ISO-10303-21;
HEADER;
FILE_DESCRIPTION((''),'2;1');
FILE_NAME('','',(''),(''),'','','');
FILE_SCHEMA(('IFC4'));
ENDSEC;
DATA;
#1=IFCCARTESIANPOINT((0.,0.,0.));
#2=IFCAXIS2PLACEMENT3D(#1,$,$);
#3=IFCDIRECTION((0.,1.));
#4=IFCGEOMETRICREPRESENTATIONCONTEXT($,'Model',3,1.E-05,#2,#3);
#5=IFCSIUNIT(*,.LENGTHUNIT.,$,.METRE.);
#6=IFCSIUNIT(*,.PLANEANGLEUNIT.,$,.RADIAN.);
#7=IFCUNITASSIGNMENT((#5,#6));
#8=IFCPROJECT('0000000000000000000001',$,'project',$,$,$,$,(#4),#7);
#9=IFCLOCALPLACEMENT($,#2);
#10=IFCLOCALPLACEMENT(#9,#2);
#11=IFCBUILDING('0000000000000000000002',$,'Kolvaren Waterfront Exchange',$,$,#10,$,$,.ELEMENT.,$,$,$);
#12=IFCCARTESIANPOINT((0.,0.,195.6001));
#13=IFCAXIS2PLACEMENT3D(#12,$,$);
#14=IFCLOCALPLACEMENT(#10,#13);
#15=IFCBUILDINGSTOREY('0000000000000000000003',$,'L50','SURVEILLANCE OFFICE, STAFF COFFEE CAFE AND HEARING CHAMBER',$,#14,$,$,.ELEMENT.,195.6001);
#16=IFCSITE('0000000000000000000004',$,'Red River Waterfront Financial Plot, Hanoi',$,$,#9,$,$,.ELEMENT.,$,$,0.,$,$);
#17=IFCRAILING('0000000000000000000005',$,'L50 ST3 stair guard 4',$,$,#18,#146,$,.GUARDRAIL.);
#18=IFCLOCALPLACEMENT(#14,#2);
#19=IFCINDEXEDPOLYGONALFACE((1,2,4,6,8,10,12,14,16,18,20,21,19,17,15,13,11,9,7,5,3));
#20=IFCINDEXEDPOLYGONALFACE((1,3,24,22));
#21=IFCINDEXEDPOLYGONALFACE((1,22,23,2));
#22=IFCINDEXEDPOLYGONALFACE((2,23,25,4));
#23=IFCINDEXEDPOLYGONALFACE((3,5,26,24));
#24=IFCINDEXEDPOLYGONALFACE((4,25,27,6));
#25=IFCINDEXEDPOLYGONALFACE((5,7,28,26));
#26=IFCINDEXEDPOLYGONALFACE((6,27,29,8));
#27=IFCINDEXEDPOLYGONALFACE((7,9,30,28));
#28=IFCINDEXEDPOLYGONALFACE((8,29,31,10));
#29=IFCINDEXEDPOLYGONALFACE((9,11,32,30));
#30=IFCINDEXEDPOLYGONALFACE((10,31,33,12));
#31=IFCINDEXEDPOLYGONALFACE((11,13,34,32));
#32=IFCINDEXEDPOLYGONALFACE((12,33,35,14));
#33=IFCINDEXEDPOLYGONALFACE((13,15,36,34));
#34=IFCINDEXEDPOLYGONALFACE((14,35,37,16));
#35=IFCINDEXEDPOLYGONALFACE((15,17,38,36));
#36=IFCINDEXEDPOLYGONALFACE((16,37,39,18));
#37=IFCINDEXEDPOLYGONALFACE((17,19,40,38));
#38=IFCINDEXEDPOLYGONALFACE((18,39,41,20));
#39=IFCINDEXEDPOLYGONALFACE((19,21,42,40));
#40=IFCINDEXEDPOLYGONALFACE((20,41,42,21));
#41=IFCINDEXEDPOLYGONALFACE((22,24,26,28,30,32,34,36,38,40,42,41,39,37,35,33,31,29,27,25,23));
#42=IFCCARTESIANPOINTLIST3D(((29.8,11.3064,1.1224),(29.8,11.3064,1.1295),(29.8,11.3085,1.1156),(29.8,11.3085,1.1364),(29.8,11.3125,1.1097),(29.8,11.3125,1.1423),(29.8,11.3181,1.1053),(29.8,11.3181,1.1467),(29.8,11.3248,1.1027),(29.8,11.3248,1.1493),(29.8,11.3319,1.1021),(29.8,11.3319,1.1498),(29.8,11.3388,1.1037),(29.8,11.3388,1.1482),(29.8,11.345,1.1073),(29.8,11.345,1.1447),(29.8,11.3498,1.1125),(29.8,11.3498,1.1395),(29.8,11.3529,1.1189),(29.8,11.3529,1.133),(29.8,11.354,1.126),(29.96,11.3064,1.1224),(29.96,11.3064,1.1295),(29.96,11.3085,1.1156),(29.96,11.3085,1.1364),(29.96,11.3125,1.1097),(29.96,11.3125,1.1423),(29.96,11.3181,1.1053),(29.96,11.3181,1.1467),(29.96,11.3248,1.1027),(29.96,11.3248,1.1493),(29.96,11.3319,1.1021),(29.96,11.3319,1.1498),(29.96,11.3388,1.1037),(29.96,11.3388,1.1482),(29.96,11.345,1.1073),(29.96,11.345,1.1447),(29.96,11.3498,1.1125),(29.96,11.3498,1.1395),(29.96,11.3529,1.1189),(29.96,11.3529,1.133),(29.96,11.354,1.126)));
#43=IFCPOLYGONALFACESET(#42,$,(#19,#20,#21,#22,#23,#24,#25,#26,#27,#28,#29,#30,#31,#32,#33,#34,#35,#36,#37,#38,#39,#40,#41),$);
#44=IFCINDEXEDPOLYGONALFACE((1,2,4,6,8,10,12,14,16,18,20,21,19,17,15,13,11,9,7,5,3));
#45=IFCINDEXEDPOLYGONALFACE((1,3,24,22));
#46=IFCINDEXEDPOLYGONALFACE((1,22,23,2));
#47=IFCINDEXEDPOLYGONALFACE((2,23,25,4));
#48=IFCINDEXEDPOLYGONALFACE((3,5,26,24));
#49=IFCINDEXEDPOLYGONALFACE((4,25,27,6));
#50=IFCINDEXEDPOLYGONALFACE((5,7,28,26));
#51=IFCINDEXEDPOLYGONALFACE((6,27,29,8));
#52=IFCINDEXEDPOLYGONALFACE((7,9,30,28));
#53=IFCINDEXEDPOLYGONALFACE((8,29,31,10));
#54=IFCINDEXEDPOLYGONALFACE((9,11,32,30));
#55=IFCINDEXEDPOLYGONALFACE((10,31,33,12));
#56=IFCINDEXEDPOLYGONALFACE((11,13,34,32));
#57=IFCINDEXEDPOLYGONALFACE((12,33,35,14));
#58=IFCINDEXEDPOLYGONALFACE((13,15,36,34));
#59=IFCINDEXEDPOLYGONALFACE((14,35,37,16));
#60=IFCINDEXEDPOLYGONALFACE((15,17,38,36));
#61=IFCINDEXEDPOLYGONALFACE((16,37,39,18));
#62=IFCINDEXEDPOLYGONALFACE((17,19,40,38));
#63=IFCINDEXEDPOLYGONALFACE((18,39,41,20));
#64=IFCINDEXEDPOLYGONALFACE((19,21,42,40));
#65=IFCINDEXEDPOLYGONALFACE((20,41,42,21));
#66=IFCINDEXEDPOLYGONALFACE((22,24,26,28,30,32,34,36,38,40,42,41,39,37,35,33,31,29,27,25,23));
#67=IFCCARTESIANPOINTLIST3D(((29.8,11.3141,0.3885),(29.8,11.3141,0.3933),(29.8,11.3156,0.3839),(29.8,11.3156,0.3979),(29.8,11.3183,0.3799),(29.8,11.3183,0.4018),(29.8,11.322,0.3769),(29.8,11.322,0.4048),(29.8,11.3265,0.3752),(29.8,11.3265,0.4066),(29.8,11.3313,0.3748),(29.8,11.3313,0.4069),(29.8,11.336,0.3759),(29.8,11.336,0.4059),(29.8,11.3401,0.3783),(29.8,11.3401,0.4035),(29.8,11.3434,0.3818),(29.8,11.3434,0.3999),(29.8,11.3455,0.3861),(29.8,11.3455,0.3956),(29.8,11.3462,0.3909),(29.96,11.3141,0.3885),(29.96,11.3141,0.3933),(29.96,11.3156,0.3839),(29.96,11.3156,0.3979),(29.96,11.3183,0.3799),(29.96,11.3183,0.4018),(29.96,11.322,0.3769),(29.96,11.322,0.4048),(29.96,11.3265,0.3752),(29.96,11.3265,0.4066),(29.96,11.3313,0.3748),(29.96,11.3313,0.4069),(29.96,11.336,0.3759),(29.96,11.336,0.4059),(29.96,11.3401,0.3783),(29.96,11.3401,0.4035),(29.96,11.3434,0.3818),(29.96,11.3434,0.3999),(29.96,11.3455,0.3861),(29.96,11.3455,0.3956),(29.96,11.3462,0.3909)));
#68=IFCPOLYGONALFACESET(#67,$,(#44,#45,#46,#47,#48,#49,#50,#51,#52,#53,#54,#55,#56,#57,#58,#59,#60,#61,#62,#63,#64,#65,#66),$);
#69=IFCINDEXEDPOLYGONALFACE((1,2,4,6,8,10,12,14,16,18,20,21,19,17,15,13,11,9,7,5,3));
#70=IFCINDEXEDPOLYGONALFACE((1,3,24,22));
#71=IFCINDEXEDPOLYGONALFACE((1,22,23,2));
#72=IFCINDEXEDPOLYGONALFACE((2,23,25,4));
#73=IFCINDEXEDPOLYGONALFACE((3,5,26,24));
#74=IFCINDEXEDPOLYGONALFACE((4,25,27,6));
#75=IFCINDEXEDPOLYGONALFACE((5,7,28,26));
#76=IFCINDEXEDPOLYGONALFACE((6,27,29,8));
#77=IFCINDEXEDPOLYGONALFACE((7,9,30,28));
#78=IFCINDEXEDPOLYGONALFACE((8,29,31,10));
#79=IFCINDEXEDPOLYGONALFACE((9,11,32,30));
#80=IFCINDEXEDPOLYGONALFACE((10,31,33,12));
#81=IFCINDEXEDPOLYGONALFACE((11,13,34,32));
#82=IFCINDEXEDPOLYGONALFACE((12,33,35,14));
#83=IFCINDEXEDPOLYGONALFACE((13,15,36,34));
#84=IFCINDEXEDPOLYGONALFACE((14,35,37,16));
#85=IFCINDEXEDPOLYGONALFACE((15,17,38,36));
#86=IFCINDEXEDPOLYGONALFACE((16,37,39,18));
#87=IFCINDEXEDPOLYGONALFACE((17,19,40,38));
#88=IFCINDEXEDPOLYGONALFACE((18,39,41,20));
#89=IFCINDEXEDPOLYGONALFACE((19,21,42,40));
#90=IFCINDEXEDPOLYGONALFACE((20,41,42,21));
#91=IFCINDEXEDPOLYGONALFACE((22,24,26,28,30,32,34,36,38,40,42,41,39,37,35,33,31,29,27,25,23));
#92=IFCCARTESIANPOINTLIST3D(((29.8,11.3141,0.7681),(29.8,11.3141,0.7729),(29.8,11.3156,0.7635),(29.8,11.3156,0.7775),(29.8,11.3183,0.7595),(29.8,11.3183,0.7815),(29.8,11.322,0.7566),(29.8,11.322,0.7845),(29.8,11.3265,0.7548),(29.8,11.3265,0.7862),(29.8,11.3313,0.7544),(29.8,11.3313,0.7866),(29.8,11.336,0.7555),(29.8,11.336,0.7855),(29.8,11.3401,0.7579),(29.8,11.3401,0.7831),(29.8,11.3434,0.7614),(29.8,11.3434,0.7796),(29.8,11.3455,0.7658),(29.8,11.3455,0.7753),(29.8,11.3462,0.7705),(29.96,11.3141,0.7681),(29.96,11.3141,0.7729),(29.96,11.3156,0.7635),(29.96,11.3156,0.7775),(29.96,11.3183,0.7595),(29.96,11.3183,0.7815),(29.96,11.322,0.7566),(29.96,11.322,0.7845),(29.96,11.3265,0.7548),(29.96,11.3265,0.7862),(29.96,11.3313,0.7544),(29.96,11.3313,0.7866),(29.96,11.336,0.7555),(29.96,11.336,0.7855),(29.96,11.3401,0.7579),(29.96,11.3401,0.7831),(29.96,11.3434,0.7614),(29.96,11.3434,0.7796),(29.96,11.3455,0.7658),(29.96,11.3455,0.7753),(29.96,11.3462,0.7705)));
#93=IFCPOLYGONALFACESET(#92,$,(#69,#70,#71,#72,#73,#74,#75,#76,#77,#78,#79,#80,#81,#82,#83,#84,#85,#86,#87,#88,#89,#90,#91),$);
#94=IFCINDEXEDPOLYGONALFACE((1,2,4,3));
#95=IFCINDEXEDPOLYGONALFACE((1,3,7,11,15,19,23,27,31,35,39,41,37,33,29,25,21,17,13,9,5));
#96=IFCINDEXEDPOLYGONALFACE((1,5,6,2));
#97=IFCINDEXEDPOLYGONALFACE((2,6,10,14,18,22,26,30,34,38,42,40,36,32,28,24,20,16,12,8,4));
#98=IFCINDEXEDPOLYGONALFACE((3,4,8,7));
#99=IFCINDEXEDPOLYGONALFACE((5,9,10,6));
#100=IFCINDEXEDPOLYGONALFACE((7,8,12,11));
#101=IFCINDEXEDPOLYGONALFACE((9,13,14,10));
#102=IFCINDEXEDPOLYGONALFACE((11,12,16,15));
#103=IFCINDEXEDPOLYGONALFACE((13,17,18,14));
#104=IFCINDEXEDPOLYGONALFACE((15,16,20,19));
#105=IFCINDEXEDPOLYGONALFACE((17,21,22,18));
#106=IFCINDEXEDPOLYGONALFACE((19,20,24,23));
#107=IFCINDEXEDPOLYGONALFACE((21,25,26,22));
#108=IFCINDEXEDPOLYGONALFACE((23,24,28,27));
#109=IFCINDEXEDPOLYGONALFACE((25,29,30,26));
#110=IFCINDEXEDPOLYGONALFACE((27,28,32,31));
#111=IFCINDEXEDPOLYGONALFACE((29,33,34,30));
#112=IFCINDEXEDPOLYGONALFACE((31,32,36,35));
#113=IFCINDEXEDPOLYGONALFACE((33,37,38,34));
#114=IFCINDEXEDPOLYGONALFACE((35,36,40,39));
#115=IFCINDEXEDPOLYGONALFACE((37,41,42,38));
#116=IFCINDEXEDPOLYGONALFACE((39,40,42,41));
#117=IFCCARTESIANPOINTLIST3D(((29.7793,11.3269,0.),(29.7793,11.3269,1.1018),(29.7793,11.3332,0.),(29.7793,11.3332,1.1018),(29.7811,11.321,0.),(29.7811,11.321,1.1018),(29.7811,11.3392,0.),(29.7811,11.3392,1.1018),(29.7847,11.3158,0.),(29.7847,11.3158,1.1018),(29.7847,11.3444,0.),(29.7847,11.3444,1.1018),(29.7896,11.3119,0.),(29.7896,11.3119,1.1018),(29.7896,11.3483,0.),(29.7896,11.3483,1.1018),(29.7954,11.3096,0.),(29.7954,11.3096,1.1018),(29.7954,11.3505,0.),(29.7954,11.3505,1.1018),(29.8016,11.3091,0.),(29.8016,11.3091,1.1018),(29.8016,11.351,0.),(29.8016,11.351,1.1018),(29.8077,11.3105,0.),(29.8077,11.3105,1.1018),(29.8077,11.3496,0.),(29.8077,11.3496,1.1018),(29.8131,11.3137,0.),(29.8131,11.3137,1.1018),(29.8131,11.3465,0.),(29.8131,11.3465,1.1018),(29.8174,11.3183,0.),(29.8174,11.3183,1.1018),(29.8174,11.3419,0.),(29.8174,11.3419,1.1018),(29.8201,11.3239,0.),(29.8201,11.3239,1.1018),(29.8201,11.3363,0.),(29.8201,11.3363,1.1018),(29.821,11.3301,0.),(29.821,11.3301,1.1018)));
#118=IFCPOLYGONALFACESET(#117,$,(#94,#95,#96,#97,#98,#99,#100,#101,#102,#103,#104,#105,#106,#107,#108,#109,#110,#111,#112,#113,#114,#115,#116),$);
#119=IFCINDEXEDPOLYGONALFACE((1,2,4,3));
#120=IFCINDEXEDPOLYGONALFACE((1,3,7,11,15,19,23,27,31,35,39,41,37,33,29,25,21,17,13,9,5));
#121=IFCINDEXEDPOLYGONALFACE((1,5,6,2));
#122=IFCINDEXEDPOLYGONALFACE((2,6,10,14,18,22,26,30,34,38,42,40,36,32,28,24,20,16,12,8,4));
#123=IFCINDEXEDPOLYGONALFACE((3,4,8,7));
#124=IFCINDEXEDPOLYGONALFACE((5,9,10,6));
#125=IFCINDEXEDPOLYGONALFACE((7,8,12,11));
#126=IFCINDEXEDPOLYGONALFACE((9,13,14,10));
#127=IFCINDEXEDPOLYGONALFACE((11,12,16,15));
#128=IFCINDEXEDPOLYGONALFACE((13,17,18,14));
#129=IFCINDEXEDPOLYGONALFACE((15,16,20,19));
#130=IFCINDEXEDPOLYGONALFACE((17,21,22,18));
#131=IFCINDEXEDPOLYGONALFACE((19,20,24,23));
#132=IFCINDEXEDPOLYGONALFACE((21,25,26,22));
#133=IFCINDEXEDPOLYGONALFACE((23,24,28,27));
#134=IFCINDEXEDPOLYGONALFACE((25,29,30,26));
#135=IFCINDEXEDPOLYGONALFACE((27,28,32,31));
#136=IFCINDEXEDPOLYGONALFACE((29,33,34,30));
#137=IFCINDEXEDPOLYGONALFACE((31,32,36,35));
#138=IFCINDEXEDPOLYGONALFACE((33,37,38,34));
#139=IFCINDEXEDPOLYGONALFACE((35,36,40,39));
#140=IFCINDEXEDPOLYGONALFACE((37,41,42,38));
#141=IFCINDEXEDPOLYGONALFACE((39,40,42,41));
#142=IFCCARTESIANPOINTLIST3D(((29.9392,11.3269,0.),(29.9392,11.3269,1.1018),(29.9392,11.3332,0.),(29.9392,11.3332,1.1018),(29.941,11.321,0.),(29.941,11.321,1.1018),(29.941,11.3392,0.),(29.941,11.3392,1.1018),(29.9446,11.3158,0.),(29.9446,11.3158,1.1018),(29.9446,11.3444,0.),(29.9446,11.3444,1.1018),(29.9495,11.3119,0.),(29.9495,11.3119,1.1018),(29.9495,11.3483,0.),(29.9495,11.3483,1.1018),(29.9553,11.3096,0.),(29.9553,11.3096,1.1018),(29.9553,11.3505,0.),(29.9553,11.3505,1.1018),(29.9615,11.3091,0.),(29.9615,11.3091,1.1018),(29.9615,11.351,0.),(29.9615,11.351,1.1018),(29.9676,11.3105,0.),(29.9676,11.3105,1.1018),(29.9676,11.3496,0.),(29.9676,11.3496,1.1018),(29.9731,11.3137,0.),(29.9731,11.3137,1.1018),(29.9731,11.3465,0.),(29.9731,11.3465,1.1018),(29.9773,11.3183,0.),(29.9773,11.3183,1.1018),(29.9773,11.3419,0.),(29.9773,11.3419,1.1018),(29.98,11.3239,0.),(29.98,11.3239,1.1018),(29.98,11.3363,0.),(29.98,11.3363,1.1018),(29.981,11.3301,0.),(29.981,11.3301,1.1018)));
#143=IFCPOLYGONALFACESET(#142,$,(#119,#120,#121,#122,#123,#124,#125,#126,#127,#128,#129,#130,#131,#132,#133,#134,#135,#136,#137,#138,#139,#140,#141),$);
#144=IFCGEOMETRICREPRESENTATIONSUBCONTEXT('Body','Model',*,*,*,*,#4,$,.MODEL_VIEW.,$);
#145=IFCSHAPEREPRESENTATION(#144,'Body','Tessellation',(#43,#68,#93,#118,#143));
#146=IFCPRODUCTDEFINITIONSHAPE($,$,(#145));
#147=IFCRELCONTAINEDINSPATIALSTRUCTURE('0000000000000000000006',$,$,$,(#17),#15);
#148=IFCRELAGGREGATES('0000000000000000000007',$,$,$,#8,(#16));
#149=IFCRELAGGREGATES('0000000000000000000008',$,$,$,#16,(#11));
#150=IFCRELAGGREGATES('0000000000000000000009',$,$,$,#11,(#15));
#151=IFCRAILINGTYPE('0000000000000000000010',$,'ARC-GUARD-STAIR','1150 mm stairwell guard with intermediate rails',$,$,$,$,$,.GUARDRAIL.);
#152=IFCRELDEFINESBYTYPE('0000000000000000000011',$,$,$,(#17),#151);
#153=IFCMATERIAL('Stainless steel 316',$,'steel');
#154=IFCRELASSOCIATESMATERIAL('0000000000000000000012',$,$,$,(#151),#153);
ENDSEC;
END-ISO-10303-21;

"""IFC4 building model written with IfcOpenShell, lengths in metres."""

from ifc_helpers import new_model, si_unit, direction, frame, origin, origin_2d, place, context, subcontext, project, spatial, circle, extrude, material, type_object, element, save


model = new_model("IFC4")

# Units and contexts
model_context = context("Model", 3, precision=1e-05, world=origin(), true_north=direction((0.0, 1.0)))
body_context = subcontext(model_context, "Body", "Model", "MODEL_VIEW")
ifc_project = project(units=[si_unit("LENGTHUNIT", "METRE"), si_unit("PLANEANGLEUNIT", "RADIAN")], contexts=[model_context])

# Site, building, storey
site_placement = place(None, origin())
site = spatial("IfcSite", under=ifc_project, at=site_placement, Name="Red River Waterfront Financial Plot, Hanoi", CompositionType="ELEMENT", RefElevation=0.0)
building_placement = place(site_placement, origin())
building = spatial("IfcBuilding", under=site, at=building_placement, Name="Kolvaren Waterfront Exchange", CompositionType="ELEMENT")
storey_placement = place(building_placement, frame((0.0, 0.0, 195.6001)))
storey = spatial("IfcBuildingStorey", under=building, at=storey_placement, Name="L50", Description="SURVEILLANCE OFFICE, STAFF COFFEE CAFE AND HEARING CHAMBER", CompositionType="ELEMENT", Elevation=195.6001)

# Railing
ifc_material_1 = material(Name="Stainless steel 316", Category="steel")
railing_type_1 = type_object("IfcRailingType", Name="ARC-GUARD-STAIR", Description="1150 mm stairwell guard with intermediate rails", PredefinedType="GUARDRAIL", material=ifc_material_1)
railing_1_placement = place(storey_placement, frame((29.8, 11.3301, 0.0)))
element("IfcRailing", 1, at=railing_1_placement, inside=storey, type_object=railing_type_1, Name="L50 ST3 stair guard 4", PredefinedType="GUARDRAIL", context=body_context, shape_type="SweptSolid", body=[
    extrude(circle(Radius=0.0239, at=origin_2d()), frame((0.0, 0.0, 1.126), z_axis=(1.0, 0.0, 0.0), x_axis=(0.0, 1.0, 0.0)), (0.0, 0.0, 1.0), 0.1599),
    extrude(circle(Radius=0.0161, at=origin_2d()), frame((0.0, 0.0, 0.3909), z_axis=(1.0, 0.0, 0.0), x_axis=(0.0, 1.0, 0.0)), (0.0, 0.0, 1.0), 0.1599),
    extrude(circle(Radius=0.0161, at=origin_2d()), frame((0.0, 0.0, 0.7705), z_axis=(1.0, 0.0, 0.0), x_axis=(0.0, 1.0, 0.0)), (0.0, 0.0, 1.0), 0.1599),
    extrude(circle(Radius=0.021, at=origin_2d()), origin(), (0.0, 0.0, 1.0), 1.1018),
    extrude(circle(Radius=0.021, at=origin_2d()), frame((0.1599, 0.0, 0.0)), (0.0, 0.0, 1.0), 1.1018),
])

save(model, "model.ifc")
